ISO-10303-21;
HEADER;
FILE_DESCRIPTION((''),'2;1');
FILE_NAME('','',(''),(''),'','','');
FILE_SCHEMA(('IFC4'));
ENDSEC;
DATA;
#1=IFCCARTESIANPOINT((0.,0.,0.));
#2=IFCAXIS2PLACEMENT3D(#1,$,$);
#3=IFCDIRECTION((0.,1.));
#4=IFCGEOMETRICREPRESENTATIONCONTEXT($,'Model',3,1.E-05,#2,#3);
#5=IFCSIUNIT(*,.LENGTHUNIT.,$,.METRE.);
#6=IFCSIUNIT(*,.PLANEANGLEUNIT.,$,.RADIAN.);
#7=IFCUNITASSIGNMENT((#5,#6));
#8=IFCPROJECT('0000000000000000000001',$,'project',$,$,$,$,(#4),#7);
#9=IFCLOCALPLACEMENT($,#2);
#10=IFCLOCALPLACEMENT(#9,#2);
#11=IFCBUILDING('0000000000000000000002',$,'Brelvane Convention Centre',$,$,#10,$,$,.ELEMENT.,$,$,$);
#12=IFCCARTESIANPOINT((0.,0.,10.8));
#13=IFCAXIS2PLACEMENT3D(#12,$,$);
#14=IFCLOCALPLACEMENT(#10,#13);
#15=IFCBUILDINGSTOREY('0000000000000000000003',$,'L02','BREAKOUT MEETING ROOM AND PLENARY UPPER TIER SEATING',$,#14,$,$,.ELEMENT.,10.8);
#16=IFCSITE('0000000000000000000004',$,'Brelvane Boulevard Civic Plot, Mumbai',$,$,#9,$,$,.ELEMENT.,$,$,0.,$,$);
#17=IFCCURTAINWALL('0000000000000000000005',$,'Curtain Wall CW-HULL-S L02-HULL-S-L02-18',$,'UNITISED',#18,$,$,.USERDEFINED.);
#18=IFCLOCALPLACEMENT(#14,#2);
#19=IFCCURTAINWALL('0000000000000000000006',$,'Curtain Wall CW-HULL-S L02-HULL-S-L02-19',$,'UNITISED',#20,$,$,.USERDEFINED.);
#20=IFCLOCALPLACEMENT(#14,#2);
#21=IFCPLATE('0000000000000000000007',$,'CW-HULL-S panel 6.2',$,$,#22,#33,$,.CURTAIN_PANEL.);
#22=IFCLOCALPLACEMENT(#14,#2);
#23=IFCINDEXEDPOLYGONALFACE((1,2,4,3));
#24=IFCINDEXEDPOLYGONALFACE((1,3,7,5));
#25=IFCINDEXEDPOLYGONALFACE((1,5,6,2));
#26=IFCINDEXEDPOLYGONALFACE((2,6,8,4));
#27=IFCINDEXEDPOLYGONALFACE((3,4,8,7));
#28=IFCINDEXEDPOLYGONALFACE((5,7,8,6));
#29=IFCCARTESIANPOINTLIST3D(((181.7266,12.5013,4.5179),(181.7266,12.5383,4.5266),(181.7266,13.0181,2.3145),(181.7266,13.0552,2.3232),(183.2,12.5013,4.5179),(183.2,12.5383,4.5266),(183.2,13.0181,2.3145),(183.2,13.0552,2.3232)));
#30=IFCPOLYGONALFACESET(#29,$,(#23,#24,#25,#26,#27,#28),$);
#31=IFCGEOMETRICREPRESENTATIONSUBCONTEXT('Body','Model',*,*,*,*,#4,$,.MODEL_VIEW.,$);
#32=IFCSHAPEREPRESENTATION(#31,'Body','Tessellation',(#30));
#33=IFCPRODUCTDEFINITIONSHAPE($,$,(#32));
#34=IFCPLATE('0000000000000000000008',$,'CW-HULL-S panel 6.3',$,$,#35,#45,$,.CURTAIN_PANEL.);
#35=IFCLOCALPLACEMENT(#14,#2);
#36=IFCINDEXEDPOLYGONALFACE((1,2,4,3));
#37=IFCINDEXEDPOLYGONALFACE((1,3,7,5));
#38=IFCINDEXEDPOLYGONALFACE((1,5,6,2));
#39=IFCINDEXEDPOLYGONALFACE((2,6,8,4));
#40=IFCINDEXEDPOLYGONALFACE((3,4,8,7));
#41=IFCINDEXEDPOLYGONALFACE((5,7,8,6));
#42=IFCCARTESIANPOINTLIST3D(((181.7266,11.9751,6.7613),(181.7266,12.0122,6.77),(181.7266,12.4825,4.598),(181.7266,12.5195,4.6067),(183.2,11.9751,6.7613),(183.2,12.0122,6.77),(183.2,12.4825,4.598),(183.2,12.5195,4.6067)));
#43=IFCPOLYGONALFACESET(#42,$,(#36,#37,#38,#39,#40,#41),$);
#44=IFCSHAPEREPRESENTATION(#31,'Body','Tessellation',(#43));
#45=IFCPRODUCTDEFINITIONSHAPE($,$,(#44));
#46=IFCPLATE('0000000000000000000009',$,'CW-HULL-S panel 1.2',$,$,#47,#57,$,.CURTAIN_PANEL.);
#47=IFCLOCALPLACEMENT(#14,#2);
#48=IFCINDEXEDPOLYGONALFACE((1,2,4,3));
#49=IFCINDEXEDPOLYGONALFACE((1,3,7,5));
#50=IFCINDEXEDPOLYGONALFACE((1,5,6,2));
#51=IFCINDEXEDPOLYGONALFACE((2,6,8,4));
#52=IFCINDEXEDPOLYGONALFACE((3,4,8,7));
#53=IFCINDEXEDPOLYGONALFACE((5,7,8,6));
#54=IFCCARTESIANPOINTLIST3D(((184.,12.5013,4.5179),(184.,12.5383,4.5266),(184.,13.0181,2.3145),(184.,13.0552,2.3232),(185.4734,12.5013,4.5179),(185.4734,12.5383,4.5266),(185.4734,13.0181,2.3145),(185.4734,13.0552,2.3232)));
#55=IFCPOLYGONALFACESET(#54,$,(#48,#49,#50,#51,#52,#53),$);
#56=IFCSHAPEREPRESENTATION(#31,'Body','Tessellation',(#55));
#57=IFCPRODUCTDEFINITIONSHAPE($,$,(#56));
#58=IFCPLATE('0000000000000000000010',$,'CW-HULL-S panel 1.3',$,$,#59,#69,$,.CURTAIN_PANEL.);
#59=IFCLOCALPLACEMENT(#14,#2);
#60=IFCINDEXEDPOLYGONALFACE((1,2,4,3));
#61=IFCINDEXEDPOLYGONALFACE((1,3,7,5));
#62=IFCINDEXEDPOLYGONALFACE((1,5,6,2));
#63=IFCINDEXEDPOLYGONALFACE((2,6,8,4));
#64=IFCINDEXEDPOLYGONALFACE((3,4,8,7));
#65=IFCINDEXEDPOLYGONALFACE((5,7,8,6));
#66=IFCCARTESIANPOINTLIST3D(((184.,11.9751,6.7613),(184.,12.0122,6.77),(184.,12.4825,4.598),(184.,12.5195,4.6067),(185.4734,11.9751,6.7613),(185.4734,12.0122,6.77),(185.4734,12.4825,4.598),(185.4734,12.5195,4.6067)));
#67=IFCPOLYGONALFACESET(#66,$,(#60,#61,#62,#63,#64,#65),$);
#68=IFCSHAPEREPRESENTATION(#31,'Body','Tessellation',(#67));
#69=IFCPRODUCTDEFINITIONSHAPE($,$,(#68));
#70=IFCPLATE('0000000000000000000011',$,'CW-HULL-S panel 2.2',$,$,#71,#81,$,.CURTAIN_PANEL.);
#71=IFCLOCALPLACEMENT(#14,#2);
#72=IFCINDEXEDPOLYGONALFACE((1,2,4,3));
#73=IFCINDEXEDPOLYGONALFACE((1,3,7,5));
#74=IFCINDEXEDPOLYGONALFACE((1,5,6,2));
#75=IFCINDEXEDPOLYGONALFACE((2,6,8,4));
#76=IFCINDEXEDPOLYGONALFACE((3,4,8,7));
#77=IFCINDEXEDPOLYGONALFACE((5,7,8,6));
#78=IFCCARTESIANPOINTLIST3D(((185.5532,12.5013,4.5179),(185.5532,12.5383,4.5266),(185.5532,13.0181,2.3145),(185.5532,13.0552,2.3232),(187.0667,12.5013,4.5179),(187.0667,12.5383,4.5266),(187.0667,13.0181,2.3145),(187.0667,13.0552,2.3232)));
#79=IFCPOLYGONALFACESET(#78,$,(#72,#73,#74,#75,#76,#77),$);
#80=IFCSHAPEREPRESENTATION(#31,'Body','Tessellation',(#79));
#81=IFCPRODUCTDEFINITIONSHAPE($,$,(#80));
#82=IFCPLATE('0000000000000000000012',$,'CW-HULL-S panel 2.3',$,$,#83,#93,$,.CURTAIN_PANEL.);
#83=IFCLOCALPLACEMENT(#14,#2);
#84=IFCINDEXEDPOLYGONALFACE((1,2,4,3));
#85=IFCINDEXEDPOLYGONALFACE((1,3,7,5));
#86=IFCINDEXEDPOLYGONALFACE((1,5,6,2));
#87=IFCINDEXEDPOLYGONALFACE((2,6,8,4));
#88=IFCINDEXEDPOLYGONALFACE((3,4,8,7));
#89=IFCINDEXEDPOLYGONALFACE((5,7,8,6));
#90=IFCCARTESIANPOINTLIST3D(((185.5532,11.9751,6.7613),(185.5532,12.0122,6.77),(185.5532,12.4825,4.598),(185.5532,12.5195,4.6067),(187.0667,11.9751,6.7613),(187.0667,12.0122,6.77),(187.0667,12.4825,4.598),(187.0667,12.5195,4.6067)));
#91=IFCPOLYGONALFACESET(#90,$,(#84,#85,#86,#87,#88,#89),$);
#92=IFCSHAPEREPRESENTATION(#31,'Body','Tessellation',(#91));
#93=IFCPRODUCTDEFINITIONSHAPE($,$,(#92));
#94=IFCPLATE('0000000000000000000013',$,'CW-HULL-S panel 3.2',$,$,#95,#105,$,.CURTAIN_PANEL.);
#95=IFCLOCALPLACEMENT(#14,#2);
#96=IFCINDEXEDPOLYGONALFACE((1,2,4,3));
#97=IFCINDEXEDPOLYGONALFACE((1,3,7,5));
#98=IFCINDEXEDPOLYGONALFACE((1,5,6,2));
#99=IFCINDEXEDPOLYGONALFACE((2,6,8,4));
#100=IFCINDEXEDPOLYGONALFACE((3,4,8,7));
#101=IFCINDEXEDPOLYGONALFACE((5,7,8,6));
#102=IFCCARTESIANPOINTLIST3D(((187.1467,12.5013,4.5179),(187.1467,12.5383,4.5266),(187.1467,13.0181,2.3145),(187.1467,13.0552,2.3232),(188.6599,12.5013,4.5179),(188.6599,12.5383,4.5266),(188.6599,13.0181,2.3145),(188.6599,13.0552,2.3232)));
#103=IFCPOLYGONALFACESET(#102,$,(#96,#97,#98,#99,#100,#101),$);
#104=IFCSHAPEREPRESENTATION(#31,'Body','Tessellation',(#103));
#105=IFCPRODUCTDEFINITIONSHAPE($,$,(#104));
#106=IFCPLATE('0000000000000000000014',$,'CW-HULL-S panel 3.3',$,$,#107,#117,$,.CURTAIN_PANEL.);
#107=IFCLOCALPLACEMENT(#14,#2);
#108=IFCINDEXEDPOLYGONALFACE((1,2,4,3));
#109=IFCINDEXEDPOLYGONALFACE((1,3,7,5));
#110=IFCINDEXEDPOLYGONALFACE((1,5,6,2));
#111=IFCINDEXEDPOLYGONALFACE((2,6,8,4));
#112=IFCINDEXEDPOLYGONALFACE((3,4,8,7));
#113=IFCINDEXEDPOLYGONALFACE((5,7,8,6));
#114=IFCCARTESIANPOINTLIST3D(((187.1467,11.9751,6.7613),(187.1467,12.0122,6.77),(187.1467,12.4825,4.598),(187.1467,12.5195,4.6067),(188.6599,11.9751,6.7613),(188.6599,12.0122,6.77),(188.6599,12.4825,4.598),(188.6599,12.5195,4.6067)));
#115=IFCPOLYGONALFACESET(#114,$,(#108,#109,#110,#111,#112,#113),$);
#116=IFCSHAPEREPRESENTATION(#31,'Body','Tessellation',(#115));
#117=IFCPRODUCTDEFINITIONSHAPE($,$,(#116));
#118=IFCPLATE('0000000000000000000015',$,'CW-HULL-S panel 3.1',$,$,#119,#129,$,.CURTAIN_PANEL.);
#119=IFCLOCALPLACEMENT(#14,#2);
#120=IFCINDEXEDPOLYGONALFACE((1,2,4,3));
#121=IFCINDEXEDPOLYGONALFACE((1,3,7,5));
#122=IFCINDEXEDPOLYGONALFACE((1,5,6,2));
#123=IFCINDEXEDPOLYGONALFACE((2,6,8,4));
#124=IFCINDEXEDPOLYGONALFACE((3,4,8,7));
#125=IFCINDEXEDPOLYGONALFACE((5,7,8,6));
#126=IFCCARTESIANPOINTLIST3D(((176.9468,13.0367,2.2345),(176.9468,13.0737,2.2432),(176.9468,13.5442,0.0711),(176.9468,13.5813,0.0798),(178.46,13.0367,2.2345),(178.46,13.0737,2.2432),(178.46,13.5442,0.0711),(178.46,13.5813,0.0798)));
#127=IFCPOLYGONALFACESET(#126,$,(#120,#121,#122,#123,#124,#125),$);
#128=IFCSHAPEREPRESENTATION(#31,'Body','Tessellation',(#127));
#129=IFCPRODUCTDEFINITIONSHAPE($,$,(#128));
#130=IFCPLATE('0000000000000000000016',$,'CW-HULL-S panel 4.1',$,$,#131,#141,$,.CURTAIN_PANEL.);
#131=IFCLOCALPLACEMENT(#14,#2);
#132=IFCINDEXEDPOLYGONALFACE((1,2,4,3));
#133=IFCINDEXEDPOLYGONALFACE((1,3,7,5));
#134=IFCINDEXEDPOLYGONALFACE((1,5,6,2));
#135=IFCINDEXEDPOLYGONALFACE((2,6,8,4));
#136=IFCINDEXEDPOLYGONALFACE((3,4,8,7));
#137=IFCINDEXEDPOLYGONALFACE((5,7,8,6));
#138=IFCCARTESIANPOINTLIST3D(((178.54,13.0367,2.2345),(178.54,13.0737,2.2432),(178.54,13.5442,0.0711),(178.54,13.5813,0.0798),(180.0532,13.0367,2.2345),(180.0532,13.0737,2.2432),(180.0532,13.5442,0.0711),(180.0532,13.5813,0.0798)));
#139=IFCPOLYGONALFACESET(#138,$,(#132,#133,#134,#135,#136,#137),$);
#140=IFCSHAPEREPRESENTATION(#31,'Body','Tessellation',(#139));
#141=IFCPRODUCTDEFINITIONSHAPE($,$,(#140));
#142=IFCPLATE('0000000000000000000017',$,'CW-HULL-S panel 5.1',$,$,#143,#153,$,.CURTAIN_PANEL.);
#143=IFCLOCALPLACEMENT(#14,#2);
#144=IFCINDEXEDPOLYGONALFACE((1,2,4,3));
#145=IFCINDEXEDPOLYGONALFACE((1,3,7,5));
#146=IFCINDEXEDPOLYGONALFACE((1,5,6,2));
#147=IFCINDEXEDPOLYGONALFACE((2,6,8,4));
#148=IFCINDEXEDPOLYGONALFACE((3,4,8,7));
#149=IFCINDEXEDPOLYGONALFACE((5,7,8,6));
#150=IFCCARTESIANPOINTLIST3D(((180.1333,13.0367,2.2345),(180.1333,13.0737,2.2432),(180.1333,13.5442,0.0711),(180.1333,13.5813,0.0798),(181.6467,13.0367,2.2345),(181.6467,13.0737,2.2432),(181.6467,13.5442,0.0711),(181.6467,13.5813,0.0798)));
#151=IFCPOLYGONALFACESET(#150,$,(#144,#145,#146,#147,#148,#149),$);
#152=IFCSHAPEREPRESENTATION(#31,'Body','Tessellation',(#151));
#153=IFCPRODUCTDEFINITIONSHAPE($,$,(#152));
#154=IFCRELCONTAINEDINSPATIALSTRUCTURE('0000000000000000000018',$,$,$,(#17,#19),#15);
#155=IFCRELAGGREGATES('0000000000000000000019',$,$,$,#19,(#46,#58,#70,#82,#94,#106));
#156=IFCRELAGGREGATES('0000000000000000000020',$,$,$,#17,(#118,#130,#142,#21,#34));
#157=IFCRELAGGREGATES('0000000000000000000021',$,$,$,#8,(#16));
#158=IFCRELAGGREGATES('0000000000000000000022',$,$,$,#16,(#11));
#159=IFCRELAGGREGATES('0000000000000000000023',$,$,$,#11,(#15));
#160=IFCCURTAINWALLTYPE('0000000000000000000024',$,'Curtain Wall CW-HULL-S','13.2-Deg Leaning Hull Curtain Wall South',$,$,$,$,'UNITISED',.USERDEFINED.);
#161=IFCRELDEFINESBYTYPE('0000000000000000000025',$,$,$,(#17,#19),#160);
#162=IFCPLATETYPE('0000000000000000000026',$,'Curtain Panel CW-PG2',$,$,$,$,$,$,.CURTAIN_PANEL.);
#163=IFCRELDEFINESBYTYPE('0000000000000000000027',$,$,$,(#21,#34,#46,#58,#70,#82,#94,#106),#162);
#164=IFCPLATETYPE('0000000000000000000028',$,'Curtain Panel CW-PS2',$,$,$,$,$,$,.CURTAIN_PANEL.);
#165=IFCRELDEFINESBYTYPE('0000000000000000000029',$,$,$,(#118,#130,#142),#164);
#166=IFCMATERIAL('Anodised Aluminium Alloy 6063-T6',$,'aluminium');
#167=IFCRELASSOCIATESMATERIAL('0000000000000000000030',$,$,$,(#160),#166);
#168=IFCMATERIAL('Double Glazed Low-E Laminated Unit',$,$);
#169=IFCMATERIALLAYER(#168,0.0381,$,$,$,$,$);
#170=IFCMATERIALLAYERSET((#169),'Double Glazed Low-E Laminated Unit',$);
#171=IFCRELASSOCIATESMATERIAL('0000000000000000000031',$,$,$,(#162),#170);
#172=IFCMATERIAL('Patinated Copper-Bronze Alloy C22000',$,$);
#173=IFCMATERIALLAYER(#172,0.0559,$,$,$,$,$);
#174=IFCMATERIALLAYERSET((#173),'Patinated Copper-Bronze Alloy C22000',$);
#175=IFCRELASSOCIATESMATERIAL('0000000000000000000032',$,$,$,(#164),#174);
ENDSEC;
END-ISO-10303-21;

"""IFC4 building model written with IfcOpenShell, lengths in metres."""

from ifc_helpers import new_model, si_unit, direction, frame, origin, place, context, subcontext, project, spatial, polyline, outline, extrude, material, layer, layer_set, type_object, element, aggregate, save


model = new_model("IFC4")

# Units and contexts
model_context = context("Model", 3, precision=1e-05, world=origin(), true_north=direction((0.0, 1.0)))
body_context = subcontext(model_context, "Body", "Model", "MODEL_VIEW")
ifc_project = project(units=[si_unit("LENGTHUNIT", "METRE"), si_unit("PLANEANGLEUNIT", "RADIAN")], contexts=[model_context])

# Site, building, storey
site_placement = place(None, origin())
site = spatial("IfcSite", under=ifc_project, at=site_placement, Name="Brelvane Boulevard Civic Plot, Mumbai", CompositionType="ELEMENT", RefElevation=0.0)
building_placement = place(site_placement, origin())
building = spatial("IfcBuilding", under=site, at=building_placement, Name="Brelvane Convention Centre", CompositionType="ELEMENT")
storey_placement = place(building_placement, frame((0.0, 0.0, 10.8)))
storey = spatial("IfcBuildingStorey", under=building, at=storey_placement, Name="L02", Description="BREAKOUT MEETING ROOM AND PLENARY UPPER TIER SEATING", CompositionType="ELEMENT", Elevation=10.8)

# Curtain walls
ifc_material_1 = material(Name="Anodised Aluminium Alloy 6063-T6", Category="aluminium")
curtain_wall_type = type_object("IfcCurtainWallType", Name="Curtain Wall CW-HULL-S", Description="13.2-Deg Leaning Hull Curtain Wall South", ElementType="UNITISED", PredefinedType="USERDEFINED", material=ifc_material_1)
curtain_wall_1_placement = place(storey_placement, origin())
curtain_wall_1 = element("IfcCurtainWall", 1, at=curtain_wall_1_placement, inside=storey, type_object=curtain_wall_type, Name="Curtain Wall CW-HULL-S L02-HULL-S-L02-18", ObjectType="UNITISED", PredefinedType="USERDEFINED")
curtain_wall_2_placement = place(storey_placement, origin())
curtain_wall_2 = element("IfcCurtainWall", 2, at=curtain_wall_2_placement, inside=storey, type_object=curtain_wall_type, Name="Curtain Wall CW-HULL-S L02-HULL-S-L02-19", ObjectType="UNITISED", PredefinedType="USERDEFINED")

# Plates
ifc_material_2 = material(Name="Double Glazed Low-E Laminated Unit")
ifc_layer_1 = layer(ifc_material_2, 0.0381)
ifc_layer_set_1 = layer_set([ifc_layer_1], Name="Double Glazed Low-E Laminated Unit")
plate_type_1 = type_object("IfcPlateType", Name="Curtain Panel CW-PG2", PredefinedType="CURTAIN_PANEL", material=ifc_layer_set_1)
plate_1_placement = place(storey_placement, frame((181.7266, 13.0552, 2.3232), z_axis=(0.0, 0.973574, 0.228372), x_axis=(1.0, 0.0, 0.0)))
plate_1 = element("IfcPlate", 3, at=plate_1_placement, type_object=plate_type_1, Name="CW-HULL-S panel 6.2", PredefinedType="CURTAIN_PANEL", context=body_context, shape_type="SweptSolid", body=[
    extrude(outline(polyline([(0.0, 0.0), (1.4734, 0.0), (1.4734, -2.2632), (0.0, -2.2632), (0.0, 0.0)])), origin(), (0.0, 0.0, -1.0), 0.0381),
])
plate_2_placement = place(storey_placement, frame((181.7266, 12.5195, 4.6067), z_axis=(0.0, 0.973587, 0.228317), x_axis=(1.0, 0.0, 0.0)))
plate_2 = element("IfcPlate", 4, at=plate_2_placement, type_object=plate_type_1, Name="CW-HULL-S panel 6.3", PredefinedType="CURTAIN_PANEL", context=body_context, shape_type="SweptSolid", body=[
    extrude(outline(polyline([(0.0, 0.0), (1.4734, 0.0), (1.4734, -2.222), (0.0, -2.222), (0.0, 0.0)])), origin(), (0.0, 0.0, -1.0), 0.0381),
])
plate_3_placement = place(storey_placement, frame((184.0, 13.0552, 2.3232), z_axis=(0.0, 0.973574, 0.228372), x_axis=(1.0, 0.0, 0.0)))
plate_3 = element("IfcPlate", 5, at=plate_3_placement, type_object=plate_type_1, Name="CW-HULL-S panel 1.2", PredefinedType="CURTAIN_PANEL", context=body_context, shape_type="SweptSolid", body=[
    extrude(outline(polyline([(0.0, 0.0), (1.4734, 0.0), (1.4734, -2.2632), (0.0, -2.2632), (0.0, 0.0)])), origin(), (0.0, 0.0, -1.0), 0.0381),
])
plate_4_placement = place(storey_placement, frame((184.0, 12.5195, 4.6067), z_axis=(0.0, 0.973587, 0.228317), x_axis=(1.0, 0.0, 0.0)))
plate_4 = element("IfcPlate", 6, at=plate_4_placement, type_object=plate_type_1, Name="CW-HULL-S panel 1.3", PredefinedType="CURTAIN_PANEL", context=body_context, shape_type="SweptSolid", body=[
    extrude(outline(polyline([(0.0, 0.0), (1.4734, 0.0), (1.4734, -2.222), (0.0, -2.222), (0.0, 0.0)])), origin(), (0.0, 0.0, -1.0), 0.0381),
])
plate_5_placement = place(storey_placement, frame((185.5532, 13.0552, 2.3232), z_axis=(0.0, 0.973574, 0.228372), x_axis=(1.0, 0.0, 0.0)))
plate_5 = element("IfcPlate", 7, at=plate_5_placement, type_object=plate_type_1, Name="CW-HULL-S panel 2.2", PredefinedType="CURTAIN_PANEL", context=body_context, shape_type="SweptSolid", body=[
    extrude(outline(polyline([(0.0, 0.0), (1.5134, 0.0), (1.5134, -2.2632), (0.0, -2.2632), (0.0, 0.0)])), origin(), (0.0, 0.0, -1.0), 0.0381),
])
plate_6_placement = place(storey_placement, frame((185.5532, 12.5195, 4.6067), z_axis=(0.0, 0.973587, 0.228317), x_axis=(1.0, 0.0, 0.0)))
plate_6 = element("IfcPlate", 8, at=plate_6_placement, type_object=plate_type_1, Name="CW-HULL-S panel 2.3", PredefinedType="CURTAIN_PANEL", context=body_context, shape_type="SweptSolid", body=[
    extrude(outline(polyline([(0.0, 0.0), (1.5134, 0.0), (1.5134, -2.222), (0.0, -2.222), (0.0, 0.0)])), origin(), (0.0, 0.0, -1.0), 0.0381),
])
plate_7_placement = place(storey_placement, frame((187.1467, 13.0552, 2.3232), z_axis=(0.0, 0.973574, 0.228372), x_axis=(1.0, 0.0, 0.0)))
plate_7 = element("IfcPlate", 9, at=plate_7_placement, type_object=plate_type_1, Name="CW-HULL-S panel 3.2", PredefinedType="CURTAIN_PANEL", context=body_context, shape_type="SweptSolid", body=[
    extrude(outline(polyline([(0.0, 0.0), (1.5132, 0.0), (1.5132, -2.2632), (0.0, -2.2632), (0.0, 0.0)])), origin(), (0.0, 0.0, -1.0), 0.0381),
])
plate_8_placement = place(storey_placement, frame((187.1467, 12.5195, 4.6067), z_axis=(0.0, 0.973587, 0.228317), x_axis=(1.0, 0.0, 0.0)))
plate_8 = element("IfcPlate", 10, at=plate_8_placement, type_object=plate_type_1, Name="CW-HULL-S panel 3.3", PredefinedType="CURTAIN_PANEL", context=body_context, shape_type="SweptSolid", body=[
    extrude(outline(polyline([(0.0, 0.0), (1.5132, 0.0), (1.5132, -2.222), (0.0, -2.222), (0.0, 0.0)])), origin(), (0.0, 0.0, -1.0), 0.0381),
])
aggregate(curtain_wall_2, [plate_3, plate_4, plate_5, plate_6, plate_7, plate_8])
ifc_material_3 = material(Name="Patinated Copper-Bronze Alloy C22000")
ifc_layer_2 = layer(ifc_material_3, 0.0559)
ifc_layer_set_2 = layer_set([ifc_layer_2], Name="Patinated Copper-Bronze Alloy C22000")
plate_type_2 = type_object("IfcPlateType", Name="Curtain Panel CW-PS2", PredefinedType="CURTAIN_PANEL", material=ifc_layer_set_2)
plate_9_placement = place(storey_placement, frame((176.9468, 13.5813, 0.0798), z_axis=(0.0, 0.973563, 0.228421), x_axis=(1.0, 0.0, 0.0)))
plate_9 = element("IfcPlate", 11, at=plate_9_placement, type_object=plate_type_2, Name="CW-HULL-S panel 3.1", PredefinedType="CURTAIN_PANEL", context=body_context, shape_type="SweptSolid", body=[
    extrude(outline(polyline([(0.0, 0.0), (1.5132, 0.0), (1.5132, -2.2221), (0.0, -2.2221), (0.0, 0.0)])), origin(), (0.0, 0.0, -1.0), 0.0381),
])
plate_10_placement = place(storey_placement, frame((178.54, 13.5813, 0.0798), z_axis=(0.0, 0.973563, 0.228421), x_axis=(1.0, 0.0, 0.0)))
plate_10 = element("IfcPlate", 12, at=plate_10_placement, type_object=plate_type_2, Name="CW-HULL-S panel 4.1", PredefinedType="CURTAIN_PANEL", context=body_context, shape_type="SweptSolid", body=[
    extrude(outline(polyline([(0.0, 0.0), (1.5132, 0.0), (1.5132, -2.2221), (0.0, -2.2221), (0.0, 0.0)])), origin(), (0.0, 0.0, -1.0), 0.0381),
])
plate_11_placement = place(storey_placement, frame((180.1333, 13.5813, 0.0798), z_axis=(0.0, 0.973563, 0.228421), x_axis=(1.0, 0.0, 0.0)))
plate_11 = element("IfcPlate", 13, at=plate_11_placement, type_object=plate_type_2, Name="CW-HULL-S panel 5.1", PredefinedType="CURTAIN_PANEL", context=body_context, shape_type="SweptSolid", body=[
    extrude(outline(polyline([(0.0, 0.0), (1.5134, 0.0), (1.5134, -2.2221), (0.0, -2.2221), (0.0, 0.0)])), origin(), (0.0, 0.0, -1.0), 0.0381),
])
aggregate(curtain_wall_1, [plate_9, plate_10, plate_11, plate_1, plate_2])

save(model, "model.ifc")
